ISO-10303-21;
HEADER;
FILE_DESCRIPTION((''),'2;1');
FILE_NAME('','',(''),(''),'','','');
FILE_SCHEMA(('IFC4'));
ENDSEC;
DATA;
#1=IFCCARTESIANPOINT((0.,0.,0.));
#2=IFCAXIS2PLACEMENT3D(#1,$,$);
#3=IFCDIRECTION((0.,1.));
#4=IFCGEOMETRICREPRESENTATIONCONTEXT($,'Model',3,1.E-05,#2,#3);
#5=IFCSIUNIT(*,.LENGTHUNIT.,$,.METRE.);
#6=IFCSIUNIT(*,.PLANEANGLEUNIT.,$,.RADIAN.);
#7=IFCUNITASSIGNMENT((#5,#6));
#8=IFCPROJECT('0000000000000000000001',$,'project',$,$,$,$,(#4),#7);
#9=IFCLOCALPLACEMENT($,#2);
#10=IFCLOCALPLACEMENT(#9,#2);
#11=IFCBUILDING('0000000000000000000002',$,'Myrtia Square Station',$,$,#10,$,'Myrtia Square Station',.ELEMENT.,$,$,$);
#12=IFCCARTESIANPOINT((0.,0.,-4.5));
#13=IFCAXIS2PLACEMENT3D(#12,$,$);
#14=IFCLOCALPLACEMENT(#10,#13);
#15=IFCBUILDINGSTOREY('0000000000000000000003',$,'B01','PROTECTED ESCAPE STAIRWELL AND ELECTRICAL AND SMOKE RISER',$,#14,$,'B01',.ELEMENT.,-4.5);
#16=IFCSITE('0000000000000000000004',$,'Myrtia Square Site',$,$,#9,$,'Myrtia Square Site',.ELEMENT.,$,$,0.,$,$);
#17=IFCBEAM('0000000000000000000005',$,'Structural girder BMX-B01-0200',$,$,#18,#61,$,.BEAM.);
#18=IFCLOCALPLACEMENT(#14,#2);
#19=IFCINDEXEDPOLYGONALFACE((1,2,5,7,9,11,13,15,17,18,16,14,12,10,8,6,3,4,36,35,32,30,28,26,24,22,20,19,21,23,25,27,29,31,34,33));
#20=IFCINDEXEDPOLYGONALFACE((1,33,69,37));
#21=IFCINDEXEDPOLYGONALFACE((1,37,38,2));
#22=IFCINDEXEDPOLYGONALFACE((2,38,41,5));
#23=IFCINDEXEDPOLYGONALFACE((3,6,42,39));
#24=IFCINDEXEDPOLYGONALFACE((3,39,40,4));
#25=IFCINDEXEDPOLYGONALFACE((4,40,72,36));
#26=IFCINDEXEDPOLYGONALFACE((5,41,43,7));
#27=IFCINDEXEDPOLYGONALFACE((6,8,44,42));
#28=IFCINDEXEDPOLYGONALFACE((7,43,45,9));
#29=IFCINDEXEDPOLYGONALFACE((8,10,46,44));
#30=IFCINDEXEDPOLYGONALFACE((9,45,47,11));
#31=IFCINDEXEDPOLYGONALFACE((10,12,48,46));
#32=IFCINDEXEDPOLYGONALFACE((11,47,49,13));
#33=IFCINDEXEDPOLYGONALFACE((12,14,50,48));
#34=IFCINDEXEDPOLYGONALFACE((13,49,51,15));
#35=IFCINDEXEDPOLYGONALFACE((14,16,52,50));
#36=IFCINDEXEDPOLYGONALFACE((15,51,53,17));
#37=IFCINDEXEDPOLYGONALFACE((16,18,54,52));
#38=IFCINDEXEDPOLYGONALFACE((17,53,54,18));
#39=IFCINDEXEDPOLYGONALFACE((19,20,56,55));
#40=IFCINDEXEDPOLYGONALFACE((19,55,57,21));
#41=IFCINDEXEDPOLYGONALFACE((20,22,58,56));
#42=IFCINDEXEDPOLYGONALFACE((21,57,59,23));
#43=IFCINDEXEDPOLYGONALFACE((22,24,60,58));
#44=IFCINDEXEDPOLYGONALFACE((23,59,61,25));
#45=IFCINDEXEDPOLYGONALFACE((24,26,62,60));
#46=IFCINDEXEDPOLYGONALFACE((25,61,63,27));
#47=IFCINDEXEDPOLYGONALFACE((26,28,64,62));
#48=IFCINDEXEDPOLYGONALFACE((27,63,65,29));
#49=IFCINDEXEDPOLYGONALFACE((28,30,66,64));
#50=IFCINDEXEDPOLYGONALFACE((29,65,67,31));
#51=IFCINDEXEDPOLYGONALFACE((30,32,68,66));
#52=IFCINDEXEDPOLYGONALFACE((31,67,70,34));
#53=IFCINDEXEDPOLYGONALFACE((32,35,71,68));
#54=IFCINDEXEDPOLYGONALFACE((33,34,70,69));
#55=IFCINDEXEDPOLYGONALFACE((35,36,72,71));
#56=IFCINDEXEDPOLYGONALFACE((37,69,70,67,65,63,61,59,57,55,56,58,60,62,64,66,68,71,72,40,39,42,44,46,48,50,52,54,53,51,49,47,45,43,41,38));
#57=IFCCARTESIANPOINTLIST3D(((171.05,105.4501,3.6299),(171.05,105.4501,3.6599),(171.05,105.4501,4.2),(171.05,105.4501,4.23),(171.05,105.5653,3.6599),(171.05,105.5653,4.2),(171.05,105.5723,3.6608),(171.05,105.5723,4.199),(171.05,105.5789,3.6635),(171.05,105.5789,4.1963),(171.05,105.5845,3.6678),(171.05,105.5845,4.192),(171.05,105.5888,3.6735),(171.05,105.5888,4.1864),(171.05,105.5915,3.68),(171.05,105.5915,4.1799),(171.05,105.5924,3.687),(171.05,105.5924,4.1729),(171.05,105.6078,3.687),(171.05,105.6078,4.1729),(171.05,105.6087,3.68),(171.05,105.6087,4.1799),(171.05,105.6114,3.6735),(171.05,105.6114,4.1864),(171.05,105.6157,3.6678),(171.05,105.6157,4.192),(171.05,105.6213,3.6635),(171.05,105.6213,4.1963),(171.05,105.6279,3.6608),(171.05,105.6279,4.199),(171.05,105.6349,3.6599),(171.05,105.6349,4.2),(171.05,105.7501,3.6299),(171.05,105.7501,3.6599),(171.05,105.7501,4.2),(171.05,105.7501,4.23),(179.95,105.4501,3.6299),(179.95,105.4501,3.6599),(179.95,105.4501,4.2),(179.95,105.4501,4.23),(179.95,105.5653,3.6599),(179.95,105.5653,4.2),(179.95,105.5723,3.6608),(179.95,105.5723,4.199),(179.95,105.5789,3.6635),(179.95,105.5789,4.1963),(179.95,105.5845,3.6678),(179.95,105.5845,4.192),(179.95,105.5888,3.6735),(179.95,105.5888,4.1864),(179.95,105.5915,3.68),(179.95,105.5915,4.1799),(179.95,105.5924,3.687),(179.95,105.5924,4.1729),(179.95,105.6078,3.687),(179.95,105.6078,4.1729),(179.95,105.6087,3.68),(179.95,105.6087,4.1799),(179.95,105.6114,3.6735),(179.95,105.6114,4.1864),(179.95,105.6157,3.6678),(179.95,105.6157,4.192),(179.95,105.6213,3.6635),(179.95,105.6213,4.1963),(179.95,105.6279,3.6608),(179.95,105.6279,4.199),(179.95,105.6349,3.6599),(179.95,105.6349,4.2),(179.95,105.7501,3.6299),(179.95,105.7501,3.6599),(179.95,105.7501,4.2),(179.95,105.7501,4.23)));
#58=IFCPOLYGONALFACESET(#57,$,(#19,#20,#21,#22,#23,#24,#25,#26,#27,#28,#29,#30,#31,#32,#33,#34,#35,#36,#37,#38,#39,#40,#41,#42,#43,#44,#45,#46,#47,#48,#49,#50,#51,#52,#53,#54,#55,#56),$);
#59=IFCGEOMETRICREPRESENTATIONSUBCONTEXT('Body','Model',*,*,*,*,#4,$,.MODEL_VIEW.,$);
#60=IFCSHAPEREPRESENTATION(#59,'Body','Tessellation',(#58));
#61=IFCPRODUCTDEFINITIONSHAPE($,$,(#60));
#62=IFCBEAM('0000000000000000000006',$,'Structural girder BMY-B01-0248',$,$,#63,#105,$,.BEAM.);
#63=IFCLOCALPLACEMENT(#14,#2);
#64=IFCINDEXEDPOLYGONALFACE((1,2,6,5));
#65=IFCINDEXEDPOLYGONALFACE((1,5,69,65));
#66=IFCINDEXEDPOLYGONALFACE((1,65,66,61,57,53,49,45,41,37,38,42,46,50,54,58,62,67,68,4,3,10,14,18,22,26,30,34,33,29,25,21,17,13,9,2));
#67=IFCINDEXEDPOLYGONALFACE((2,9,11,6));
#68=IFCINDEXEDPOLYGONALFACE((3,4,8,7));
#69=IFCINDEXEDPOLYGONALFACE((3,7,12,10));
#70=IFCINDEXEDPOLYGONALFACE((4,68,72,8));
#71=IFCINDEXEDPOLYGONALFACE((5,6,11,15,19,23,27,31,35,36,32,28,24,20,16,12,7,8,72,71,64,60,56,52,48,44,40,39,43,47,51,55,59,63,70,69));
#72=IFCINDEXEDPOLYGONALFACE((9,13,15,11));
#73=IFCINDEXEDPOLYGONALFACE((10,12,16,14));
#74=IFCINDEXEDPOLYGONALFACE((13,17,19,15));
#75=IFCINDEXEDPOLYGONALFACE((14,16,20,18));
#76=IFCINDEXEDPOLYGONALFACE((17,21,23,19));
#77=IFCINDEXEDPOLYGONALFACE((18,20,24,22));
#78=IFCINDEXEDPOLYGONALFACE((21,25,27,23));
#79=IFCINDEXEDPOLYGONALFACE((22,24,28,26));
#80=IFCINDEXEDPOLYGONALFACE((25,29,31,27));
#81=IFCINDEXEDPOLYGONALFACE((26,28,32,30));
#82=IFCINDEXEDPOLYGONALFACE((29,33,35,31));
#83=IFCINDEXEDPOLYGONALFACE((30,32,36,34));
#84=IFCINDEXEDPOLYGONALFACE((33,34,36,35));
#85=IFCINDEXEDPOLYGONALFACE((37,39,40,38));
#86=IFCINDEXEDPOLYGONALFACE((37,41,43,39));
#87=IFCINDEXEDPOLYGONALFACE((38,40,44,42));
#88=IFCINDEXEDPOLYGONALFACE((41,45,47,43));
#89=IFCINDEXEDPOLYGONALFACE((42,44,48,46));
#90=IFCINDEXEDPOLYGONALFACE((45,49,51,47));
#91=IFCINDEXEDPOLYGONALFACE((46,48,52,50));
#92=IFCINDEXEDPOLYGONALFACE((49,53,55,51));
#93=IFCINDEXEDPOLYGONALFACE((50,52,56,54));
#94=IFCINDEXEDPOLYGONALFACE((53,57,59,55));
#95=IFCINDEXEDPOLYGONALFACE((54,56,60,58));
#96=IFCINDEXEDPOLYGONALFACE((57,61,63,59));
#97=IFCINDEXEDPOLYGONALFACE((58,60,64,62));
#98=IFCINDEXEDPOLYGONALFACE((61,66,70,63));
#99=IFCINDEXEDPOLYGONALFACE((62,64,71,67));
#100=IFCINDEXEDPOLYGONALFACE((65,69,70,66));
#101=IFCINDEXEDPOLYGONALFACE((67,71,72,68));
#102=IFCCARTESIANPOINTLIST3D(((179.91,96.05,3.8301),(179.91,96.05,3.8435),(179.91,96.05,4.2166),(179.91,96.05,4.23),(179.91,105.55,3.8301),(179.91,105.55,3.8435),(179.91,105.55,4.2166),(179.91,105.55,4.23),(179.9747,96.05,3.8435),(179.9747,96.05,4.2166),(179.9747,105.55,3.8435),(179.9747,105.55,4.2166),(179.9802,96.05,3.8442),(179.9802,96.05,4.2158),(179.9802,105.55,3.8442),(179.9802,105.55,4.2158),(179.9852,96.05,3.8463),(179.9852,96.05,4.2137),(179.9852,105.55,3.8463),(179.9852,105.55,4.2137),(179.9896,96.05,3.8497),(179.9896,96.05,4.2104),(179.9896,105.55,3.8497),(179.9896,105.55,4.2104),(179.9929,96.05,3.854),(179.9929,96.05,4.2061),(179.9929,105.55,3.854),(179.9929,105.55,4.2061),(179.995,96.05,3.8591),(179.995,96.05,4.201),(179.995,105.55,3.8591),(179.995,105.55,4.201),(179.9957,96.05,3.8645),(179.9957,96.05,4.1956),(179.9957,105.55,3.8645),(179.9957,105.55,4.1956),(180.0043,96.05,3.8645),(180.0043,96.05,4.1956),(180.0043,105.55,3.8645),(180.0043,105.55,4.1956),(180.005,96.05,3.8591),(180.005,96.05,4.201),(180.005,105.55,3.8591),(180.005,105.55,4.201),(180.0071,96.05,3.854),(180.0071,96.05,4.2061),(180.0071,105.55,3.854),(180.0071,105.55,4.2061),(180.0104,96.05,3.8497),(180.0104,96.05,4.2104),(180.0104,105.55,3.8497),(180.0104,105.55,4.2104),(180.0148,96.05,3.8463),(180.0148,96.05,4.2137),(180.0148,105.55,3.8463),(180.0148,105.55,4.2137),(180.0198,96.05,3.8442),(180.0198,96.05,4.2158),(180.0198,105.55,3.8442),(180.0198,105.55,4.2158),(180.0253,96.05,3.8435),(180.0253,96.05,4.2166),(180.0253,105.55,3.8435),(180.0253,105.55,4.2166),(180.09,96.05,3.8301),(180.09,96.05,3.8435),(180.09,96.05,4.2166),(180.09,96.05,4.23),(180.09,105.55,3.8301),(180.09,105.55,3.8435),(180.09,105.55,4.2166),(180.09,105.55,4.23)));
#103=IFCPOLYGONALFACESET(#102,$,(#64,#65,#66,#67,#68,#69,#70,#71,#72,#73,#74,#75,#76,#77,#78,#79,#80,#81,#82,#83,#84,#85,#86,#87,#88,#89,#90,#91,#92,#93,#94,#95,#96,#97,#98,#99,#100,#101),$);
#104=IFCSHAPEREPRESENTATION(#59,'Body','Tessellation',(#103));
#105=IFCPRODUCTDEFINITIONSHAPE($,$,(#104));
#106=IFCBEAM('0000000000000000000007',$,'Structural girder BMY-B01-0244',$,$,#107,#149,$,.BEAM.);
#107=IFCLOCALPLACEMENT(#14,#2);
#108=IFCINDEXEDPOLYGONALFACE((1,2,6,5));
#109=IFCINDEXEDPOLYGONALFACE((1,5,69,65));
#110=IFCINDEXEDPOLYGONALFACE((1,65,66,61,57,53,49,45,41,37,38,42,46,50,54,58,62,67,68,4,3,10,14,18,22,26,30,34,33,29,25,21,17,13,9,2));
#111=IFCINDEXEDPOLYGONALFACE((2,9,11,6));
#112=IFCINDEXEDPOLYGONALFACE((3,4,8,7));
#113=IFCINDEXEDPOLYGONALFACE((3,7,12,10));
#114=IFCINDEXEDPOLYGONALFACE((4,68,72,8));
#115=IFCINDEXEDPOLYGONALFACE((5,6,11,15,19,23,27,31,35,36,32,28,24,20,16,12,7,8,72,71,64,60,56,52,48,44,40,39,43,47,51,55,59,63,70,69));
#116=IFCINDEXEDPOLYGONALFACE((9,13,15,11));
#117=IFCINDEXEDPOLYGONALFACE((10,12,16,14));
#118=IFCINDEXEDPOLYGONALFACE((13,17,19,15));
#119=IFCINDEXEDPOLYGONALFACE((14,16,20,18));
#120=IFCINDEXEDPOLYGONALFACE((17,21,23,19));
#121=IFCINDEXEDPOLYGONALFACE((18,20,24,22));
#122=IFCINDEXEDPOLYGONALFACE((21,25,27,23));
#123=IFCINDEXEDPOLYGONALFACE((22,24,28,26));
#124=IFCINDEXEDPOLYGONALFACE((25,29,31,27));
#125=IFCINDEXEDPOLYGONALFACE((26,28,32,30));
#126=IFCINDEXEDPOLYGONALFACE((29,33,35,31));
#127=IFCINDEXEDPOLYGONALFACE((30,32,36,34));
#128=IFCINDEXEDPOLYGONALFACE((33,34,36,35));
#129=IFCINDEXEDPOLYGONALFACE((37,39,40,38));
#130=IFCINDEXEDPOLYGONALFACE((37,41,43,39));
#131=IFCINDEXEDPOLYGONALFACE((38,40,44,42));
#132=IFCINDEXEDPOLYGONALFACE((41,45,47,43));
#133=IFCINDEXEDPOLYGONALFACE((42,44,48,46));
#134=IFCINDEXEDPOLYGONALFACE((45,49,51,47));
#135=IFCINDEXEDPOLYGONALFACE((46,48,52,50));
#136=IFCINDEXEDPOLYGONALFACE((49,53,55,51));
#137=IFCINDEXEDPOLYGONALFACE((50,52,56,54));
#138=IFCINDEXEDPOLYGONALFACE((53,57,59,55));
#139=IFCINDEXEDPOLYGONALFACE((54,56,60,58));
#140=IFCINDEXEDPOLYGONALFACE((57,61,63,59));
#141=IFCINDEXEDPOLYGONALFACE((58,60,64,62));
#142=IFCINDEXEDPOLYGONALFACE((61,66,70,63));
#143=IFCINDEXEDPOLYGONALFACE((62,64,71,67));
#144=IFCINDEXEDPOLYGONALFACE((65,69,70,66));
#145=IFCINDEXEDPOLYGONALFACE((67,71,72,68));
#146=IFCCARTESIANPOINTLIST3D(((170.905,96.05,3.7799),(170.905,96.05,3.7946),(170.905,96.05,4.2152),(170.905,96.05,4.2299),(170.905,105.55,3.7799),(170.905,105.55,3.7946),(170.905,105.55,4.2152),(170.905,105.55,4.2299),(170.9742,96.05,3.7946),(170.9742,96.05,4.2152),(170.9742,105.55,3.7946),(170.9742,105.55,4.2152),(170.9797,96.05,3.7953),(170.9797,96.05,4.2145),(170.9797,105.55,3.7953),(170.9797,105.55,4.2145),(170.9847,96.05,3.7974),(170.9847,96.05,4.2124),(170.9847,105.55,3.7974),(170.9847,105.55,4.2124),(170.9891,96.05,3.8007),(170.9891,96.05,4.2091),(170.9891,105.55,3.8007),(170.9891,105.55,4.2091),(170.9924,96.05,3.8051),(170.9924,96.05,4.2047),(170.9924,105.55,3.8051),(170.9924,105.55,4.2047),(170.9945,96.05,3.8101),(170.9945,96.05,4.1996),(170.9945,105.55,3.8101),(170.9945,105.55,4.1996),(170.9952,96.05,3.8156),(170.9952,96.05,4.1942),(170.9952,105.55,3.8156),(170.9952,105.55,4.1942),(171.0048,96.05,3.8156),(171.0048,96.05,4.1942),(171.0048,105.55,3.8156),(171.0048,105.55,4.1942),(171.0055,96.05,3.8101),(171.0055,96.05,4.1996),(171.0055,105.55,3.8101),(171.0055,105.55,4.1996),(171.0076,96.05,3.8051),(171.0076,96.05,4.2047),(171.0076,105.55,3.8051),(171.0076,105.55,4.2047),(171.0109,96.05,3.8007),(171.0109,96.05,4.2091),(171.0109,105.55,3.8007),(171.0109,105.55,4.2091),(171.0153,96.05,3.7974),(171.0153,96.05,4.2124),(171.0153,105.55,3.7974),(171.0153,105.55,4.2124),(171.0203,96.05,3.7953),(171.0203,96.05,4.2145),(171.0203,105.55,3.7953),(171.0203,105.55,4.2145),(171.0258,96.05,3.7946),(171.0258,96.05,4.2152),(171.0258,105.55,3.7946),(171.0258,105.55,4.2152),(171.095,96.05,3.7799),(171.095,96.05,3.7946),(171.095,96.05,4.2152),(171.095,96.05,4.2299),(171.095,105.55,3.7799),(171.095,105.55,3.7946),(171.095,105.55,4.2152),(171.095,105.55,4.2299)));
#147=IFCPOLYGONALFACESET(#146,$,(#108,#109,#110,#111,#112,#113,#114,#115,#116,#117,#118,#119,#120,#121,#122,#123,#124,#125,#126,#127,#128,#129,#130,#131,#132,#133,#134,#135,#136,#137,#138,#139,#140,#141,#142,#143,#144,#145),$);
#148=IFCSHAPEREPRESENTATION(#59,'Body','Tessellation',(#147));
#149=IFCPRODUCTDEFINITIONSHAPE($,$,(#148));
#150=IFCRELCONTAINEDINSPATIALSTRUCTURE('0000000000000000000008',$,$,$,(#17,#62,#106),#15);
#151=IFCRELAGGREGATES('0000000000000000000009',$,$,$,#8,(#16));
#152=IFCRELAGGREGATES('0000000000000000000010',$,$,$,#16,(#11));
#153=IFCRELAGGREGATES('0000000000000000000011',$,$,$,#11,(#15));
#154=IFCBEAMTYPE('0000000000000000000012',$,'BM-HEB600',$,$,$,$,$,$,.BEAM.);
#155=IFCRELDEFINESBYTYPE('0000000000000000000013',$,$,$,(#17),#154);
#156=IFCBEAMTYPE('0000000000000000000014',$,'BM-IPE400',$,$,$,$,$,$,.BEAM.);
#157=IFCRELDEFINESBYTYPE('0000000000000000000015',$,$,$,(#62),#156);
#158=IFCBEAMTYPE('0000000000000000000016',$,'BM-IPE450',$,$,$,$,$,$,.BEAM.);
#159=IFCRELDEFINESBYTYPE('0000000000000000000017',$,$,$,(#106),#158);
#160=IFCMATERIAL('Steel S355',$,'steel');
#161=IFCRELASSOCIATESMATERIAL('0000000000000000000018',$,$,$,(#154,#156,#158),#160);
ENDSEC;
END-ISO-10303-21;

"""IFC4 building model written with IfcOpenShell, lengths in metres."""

from ifc_helpers import new_model, si_unit, direction, frame, origin, origin_2d, place, context, subcontext, project, spatial, i_section, extrude, material, material_profile, profile_set, type_object, element, save


model = new_model("IFC4")

# Units and contexts
model_context = context("Model", 3, precision=1e-05, world=origin(), true_north=direction((0.0, 1.0)))
body_context = subcontext(model_context, "Body", "Model", "MODEL_VIEW")
ifc_project = project(units=[si_unit("LENGTHUNIT", "METRE"), si_unit("PLANEANGLEUNIT", "RADIAN")], contexts=[model_context])

# Site, building, storey
site_placement = place(None, origin())
site = spatial("IfcSite", under=ifc_project, at=site_placement, Name="Myrtia Square Site", LongName="Myrtia Square Site", CompositionType="ELEMENT", RefElevation=0.0)
building_placement = place(site_placement, origin())
building = spatial("IfcBuilding", under=site, at=building_placement, Name="Myrtia Square Station", LongName="Myrtia Square Station", CompositionType="ELEMENT")
storey_placement = place(building_placement, frame((0.0, 0.0, -4.5)))
storey = spatial("IfcBuildingStorey", under=building, at=storey_placement, Name="B01", Description="PROTECTED ESCAPE STAIRWELL AND ELECTRICAL AND SMOKE RISER", LongName="B01", CompositionType="ELEMENT", Elevation=-4.5)

# Shared definitions
ifc_material_1 = material(Name="Steel S355", Category="steel")

# Beams
ifc_material_profile_1 = material_profile(ifc_material_1, i_section(OverallWidth=0.3, OverallDepth=0.6001, WebThickness=0.0154, FlangeThickness=0.03, FilletRadius=0.0271, at=origin_2d()), Name="HEB 600")
ifc_profile_set_1 = profile_set([ifc_material_profile_1], Name="Steel S355")
beam_type_1 = type_object("IfcBeamType", Name="BM-HEB600", PredefinedType="BEAM", material=ifc_profile_set_1)
for number, where, z_axis, x_axis, name in (
    (1, (171.05, 105.6001, 3.9299), (1.0, 0.0, 0.0), (0.0, 1.0, 0.0), "Structural girder BMX-B01-0200"),
):
    element("IfcBeam", number, at=place(storey_placement, frame(where, z_axis=z_axis, x_axis=x_axis)), inside=storey, type_object=beam_type_1, Name=name, PredefinedType="BEAM", context=body_context, shape_type="SweptSolid", body=[
        extrude(i_section(OverallWidth=0.3, OverallDepth=0.6001, WebThickness=0.0154, FlangeThickness=0.03, FilletRadius=0.0271, at=origin_2d()), origin(), (0.0, 0.0, 1.0), 8.8999),
    ])
ifc_material_profile_2 = material_profile(ifc_material_1, i_section(OverallWidth=0.1799, OverallDepth=0.3999, WebThickness=0.0085, FlangeThickness=0.0134, FilletRadius=0.021, at=origin_2d()), Name="IPE 400")
ifc_profile_set_2 = profile_set([ifc_material_profile_2], Name="Steel S355")
beam_type_2 = type_object("IfcBeamType", Name="BM-IPE400", PredefinedType="BEAM", material=ifc_profile_set_2)
beam_1_placement = place(storey_placement, frame((180.0, 96.05, 4.03), z_axis=(0.0, 1.0, 0.0), x_axis=(-1.0, 0.0, 0.0)))
element("IfcBeam", 2, at=beam_1_placement, inside=storey, type_object=beam_type_2, Name="Structural girder BMY-B01-0248", PredefinedType="BEAM", context=body_context, shape_type="SweptSolid", body=[
    extrude(i_section(OverallWidth=0.1799, OverallDepth=0.3999, WebThickness=0.0085, FlangeThickness=0.0134, FilletRadius=0.021, at=origin_2d()), origin(), (0.0, 0.0, 1.0), 9.5),
])
ifc_material_profile_3 = material_profile(ifc_material_1, i_section(OverallWidth=0.1899, OverallDepth=0.45, WebThickness=0.0095, FlangeThickness=0.0146, FilletRadius=0.021, at=origin_2d()), Name="IPE 450")
ifc_profile_set_3 = profile_set([ifc_material_profile_3], Name="Steel S355")
beam_type_3 = type_object("IfcBeamType", Name="BM-IPE450", PredefinedType="BEAM", material=ifc_profile_set_3)
beam_2_placement = place(storey_placement, frame((171.0, 96.05, 4.0049), z_axis=(0.0, 1.0, 0.0), x_axis=(-1.0, 0.0, 0.0)))
element("IfcBeam", 3, at=beam_2_placement, inside=storey, type_object=beam_type_3, Name="Structural girder BMY-B01-0244", PredefinedType="BEAM", context=body_context, shape_type="SweptSolid", body=[
    extrude(i_section(OverallWidth=0.1899, OverallDepth=0.45, WebThickness=0.0095, FlangeThickness=0.0146, FilletRadius=0.021, at=origin_2d()), origin(), (0.0, 0.0, 1.0), 9.5),
])

save(model, "model.ifc")
